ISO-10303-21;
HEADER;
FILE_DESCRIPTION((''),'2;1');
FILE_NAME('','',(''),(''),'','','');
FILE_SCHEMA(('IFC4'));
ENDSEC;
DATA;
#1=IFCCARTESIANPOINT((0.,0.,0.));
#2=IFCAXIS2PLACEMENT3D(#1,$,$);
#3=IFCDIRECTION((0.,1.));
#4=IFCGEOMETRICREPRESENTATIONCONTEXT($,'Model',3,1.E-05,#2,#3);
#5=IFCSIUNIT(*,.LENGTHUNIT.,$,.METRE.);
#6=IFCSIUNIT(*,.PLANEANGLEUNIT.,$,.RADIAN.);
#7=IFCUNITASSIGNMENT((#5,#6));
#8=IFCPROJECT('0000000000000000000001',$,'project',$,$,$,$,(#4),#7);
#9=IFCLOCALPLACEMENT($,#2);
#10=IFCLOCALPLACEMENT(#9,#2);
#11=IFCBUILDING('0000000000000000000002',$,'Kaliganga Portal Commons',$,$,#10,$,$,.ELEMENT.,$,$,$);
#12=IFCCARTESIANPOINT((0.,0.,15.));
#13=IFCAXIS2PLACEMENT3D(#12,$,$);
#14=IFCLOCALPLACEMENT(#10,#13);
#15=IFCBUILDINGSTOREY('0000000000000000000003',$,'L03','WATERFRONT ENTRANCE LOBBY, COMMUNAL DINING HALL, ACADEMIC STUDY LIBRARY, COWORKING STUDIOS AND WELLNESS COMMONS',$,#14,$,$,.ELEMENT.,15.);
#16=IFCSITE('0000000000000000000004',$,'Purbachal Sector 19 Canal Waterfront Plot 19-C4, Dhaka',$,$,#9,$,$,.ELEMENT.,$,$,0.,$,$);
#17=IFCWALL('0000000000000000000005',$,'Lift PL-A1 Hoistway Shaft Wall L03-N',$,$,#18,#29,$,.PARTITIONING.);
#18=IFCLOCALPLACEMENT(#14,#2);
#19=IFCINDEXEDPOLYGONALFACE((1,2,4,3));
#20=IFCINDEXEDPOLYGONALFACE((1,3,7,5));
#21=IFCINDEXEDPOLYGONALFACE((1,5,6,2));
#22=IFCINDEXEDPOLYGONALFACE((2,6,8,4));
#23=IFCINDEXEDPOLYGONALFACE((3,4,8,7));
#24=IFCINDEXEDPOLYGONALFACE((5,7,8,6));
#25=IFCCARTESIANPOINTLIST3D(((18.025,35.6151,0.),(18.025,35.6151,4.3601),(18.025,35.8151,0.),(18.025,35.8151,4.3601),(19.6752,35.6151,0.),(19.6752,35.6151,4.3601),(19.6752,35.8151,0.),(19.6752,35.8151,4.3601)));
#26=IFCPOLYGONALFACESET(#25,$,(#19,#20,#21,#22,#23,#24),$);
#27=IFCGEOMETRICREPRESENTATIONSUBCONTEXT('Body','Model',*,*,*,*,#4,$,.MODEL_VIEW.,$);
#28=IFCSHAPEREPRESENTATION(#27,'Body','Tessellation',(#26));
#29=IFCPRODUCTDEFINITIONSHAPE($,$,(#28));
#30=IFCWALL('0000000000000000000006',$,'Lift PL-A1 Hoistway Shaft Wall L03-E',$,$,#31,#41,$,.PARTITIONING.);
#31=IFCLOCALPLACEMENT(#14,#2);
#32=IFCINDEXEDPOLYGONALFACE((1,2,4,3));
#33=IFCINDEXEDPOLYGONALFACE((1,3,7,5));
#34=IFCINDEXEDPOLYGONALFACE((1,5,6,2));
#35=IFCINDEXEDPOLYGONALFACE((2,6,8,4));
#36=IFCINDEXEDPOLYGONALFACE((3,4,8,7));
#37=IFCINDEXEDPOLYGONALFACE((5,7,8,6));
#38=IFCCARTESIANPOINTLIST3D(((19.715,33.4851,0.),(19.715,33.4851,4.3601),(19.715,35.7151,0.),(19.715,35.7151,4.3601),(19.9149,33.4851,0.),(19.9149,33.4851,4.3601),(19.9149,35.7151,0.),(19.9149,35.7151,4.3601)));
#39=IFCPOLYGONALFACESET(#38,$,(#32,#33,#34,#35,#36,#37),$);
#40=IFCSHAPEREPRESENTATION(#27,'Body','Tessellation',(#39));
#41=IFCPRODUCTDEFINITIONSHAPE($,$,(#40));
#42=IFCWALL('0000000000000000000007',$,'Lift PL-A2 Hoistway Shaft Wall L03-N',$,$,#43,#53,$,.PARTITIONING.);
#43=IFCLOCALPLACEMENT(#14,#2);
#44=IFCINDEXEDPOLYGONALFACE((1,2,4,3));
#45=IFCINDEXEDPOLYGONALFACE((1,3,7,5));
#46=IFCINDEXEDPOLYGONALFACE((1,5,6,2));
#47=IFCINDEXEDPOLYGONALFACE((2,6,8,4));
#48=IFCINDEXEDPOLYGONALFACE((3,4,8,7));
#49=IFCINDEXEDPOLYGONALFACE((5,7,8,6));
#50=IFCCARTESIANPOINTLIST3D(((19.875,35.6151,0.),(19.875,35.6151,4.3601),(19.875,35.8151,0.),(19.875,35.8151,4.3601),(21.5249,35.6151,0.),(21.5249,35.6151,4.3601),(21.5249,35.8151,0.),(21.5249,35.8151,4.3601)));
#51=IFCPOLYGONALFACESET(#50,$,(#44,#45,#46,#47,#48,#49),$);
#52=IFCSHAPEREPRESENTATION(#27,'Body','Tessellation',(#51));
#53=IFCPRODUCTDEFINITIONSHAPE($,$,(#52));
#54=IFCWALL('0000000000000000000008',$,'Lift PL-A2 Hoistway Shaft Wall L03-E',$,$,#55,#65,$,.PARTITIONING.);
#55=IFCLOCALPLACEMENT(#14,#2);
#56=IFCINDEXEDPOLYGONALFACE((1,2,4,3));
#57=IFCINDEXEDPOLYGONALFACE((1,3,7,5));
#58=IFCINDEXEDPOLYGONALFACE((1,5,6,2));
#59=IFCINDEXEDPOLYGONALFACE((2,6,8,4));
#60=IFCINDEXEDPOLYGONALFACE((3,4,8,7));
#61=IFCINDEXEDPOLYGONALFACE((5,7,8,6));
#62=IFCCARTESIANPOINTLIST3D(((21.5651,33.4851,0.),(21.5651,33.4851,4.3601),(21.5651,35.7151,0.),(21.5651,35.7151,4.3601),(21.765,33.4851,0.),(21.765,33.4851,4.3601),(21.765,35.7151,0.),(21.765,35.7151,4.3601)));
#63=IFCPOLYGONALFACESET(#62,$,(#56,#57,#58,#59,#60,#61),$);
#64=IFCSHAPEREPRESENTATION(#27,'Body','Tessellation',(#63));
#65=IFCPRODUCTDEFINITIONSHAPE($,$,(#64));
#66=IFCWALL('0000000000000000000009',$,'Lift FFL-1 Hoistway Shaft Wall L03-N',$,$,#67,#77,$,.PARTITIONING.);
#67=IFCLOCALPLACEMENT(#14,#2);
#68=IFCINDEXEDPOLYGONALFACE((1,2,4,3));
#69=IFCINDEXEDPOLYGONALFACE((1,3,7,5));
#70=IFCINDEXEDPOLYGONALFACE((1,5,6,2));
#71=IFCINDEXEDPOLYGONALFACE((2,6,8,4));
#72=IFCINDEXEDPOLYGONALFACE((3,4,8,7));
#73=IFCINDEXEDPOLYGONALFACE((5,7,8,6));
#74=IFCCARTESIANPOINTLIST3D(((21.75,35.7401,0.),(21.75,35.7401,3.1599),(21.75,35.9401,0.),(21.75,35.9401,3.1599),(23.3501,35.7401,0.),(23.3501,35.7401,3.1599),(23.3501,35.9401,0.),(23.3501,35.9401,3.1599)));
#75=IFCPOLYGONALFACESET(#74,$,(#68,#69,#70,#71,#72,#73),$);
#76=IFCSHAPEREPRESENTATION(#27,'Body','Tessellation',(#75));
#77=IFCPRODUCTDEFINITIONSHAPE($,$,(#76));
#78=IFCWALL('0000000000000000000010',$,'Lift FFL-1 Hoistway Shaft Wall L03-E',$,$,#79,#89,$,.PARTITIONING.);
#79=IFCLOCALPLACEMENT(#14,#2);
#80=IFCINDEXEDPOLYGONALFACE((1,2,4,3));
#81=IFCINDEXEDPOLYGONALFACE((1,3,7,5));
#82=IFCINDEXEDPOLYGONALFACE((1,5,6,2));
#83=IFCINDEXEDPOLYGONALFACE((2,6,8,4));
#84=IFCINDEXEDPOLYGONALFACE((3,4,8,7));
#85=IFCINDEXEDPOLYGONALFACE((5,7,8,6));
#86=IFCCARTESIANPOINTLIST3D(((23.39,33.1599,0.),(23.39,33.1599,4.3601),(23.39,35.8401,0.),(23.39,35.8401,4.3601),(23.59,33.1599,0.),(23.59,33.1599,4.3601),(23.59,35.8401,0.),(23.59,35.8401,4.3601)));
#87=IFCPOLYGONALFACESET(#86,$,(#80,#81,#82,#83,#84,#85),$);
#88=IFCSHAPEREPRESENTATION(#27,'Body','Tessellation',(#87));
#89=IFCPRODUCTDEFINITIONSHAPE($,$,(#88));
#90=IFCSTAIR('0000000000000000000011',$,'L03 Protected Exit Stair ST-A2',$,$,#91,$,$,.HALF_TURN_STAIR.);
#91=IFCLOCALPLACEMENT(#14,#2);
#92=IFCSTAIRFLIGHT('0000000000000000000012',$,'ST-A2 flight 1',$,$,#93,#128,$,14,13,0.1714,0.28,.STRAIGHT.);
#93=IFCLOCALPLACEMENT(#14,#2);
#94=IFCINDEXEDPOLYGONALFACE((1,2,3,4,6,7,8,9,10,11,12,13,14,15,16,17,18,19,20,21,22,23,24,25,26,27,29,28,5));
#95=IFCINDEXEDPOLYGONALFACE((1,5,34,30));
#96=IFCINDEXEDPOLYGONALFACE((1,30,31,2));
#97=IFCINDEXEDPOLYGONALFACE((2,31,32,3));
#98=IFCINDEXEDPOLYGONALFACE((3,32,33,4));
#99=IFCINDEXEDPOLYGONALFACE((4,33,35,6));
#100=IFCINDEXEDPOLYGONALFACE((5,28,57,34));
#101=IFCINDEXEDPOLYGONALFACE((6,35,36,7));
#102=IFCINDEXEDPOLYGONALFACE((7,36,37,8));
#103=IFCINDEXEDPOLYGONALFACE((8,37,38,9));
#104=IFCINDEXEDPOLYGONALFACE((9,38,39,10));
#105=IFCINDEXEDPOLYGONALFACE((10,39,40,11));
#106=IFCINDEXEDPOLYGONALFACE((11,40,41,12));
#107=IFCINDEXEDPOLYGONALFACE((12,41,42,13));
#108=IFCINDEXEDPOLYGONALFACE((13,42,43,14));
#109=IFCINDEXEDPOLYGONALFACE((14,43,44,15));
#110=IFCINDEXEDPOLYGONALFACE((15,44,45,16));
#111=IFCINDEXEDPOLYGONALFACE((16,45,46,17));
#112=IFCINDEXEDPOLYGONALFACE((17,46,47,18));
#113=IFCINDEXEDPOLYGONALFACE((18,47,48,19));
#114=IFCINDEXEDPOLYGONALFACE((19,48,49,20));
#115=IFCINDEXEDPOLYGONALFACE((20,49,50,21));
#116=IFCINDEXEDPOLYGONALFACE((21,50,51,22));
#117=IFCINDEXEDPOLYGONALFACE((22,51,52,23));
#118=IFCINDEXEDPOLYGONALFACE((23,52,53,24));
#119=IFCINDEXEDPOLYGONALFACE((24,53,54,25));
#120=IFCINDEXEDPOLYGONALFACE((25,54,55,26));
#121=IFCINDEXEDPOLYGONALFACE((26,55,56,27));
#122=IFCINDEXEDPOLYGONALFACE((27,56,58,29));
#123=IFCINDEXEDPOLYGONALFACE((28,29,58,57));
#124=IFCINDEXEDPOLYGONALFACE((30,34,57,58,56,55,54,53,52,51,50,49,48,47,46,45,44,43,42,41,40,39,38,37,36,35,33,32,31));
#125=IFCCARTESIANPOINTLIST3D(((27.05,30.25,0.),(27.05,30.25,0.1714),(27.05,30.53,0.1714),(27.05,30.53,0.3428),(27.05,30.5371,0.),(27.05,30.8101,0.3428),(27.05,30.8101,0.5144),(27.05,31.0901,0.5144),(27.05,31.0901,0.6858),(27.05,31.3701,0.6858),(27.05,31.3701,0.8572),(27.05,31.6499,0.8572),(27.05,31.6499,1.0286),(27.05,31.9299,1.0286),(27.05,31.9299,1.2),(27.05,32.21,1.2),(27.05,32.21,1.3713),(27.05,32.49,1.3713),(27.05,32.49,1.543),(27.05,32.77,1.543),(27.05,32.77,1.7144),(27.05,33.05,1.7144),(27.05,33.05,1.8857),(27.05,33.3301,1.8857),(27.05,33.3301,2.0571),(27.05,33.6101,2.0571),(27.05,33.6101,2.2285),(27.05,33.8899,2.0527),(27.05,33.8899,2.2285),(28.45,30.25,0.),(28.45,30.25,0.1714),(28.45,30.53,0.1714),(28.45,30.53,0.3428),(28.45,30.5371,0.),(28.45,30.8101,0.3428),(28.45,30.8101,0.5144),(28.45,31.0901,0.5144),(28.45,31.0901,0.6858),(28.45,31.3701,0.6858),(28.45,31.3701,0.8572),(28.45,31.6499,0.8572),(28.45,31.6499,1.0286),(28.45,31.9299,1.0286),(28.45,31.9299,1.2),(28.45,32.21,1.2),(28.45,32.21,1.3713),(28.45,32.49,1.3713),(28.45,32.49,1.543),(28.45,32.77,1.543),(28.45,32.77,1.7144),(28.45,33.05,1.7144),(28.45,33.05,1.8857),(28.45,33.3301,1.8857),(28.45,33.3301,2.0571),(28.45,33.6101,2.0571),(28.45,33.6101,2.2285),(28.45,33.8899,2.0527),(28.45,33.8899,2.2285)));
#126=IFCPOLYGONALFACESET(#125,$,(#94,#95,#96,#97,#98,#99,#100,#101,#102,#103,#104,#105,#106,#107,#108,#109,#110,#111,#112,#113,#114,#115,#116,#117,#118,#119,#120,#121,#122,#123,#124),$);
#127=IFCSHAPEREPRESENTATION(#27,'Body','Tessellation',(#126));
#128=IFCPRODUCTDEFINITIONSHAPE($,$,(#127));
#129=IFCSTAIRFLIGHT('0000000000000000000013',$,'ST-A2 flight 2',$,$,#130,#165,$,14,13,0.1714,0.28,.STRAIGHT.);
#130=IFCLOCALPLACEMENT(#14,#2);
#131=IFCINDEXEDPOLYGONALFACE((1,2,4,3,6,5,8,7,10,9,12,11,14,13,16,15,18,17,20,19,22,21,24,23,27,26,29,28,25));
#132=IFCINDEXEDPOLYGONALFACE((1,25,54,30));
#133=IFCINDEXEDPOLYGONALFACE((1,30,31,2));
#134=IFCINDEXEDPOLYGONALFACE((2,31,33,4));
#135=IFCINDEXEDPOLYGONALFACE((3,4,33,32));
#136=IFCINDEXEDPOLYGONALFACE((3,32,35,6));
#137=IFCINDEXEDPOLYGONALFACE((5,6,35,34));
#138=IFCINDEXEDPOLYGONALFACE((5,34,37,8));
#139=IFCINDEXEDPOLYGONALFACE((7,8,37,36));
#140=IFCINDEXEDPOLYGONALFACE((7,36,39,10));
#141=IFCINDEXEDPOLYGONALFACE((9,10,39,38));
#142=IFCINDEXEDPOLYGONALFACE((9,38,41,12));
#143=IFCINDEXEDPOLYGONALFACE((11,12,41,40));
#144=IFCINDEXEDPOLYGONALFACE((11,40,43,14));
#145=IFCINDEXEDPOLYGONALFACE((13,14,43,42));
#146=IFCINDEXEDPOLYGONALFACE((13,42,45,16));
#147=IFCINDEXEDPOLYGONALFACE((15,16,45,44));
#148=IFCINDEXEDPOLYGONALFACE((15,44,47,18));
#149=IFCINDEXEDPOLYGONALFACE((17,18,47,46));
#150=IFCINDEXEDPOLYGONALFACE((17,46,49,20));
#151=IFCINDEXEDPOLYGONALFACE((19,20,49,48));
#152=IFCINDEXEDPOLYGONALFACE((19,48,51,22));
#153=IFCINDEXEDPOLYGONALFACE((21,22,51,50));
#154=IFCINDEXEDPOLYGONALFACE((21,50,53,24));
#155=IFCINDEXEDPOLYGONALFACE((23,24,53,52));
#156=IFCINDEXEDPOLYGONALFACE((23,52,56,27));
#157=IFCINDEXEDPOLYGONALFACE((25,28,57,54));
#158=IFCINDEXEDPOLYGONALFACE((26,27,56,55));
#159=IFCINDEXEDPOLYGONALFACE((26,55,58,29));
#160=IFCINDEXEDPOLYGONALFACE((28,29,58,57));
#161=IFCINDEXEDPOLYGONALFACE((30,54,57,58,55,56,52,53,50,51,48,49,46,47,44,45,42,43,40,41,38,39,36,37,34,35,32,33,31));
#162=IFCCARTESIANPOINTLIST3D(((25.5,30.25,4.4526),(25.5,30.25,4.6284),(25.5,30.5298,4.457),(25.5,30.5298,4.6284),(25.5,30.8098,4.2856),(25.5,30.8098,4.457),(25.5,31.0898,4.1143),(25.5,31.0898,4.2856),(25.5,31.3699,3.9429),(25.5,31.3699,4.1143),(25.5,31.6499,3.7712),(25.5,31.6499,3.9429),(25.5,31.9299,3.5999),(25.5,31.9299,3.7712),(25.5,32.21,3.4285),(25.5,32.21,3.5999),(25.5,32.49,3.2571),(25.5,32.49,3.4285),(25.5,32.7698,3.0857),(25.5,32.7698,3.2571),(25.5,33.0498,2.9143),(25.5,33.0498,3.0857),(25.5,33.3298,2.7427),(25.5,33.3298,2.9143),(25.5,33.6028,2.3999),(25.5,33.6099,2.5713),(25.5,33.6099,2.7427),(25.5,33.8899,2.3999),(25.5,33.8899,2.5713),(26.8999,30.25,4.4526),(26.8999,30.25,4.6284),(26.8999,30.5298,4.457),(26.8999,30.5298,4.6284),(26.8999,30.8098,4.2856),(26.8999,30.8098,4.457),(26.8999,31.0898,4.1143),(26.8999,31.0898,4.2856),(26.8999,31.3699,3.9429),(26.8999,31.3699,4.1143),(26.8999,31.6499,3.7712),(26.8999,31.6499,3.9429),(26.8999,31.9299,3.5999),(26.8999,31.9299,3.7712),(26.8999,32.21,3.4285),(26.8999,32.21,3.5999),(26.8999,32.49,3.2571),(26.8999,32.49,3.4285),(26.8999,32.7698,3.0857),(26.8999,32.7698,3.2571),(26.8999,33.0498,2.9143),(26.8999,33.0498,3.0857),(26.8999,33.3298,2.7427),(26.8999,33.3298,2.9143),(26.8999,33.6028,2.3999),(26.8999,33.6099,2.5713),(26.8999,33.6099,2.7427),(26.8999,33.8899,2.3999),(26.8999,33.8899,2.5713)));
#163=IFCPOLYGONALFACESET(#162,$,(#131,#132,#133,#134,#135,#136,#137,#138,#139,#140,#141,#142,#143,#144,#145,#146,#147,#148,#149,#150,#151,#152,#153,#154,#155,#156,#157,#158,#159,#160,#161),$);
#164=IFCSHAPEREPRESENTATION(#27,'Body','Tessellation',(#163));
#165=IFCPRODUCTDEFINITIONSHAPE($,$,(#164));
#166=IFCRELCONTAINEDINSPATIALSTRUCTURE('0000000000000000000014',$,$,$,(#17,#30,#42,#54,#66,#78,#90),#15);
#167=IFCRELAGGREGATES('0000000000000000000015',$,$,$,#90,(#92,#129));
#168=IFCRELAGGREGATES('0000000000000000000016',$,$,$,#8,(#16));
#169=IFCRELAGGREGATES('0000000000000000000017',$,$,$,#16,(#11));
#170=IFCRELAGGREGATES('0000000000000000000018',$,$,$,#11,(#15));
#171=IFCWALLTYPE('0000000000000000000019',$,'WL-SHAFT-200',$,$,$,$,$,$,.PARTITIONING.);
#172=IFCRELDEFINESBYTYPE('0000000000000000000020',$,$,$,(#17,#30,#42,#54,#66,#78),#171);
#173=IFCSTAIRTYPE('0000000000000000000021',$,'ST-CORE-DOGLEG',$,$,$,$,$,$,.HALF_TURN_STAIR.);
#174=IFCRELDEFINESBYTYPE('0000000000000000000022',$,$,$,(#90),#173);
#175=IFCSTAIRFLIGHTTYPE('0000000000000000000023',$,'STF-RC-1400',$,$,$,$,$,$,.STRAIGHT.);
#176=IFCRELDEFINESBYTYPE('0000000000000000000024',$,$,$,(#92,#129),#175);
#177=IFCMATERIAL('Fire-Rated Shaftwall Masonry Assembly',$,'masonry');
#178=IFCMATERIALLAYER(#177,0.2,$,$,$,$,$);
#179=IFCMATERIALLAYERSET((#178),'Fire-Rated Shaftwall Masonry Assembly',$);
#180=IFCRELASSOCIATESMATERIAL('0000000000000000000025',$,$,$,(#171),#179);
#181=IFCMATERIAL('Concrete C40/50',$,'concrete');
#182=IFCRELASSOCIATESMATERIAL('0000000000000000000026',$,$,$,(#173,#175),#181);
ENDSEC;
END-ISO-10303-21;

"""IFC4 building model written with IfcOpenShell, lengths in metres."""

from ifc_helpers import new_model, si_unit, direction, frame, frame_2d, origin, place, context, subcontext, project, spatial, polyline, rectangle, outline, extrude, material, layer, layer_set, type_object, element, aggregate, save


model = new_model("IFC4")

# Units and contexts
model_context = context("Model", 3, precision=1e-05, world=origin(), true_north=direction((0.0, 1.0)))
body_context = subcontext(model_context, "Body", "Model", "MODEL_VIEW")
ifc_project = project(units=[si_unit("LENGTHUNIT", "METRE"), si_unit("PLANEANGLEUNIT", "RADIAN")], contexts=[model_context])

# Site, building, storey
site_placement = place(None, origin())
site = spatial("IfcSite", under=ifc_project, at=site_placement, Name="Purbachal Sector 19 Canal Waterfront Plot 19-C4, Dhaka", CompositionType="ELEMENT", RefElevation=0.0)
building_placement = place(site_placement, origin())
building = spatial("IfcBuilding", under=site, at=building_placement, Name="Kaliganga Portal Commons", CompositionType="ELEMENT")
storey_placement = place(building_placement, frame((0.0, 0.0, 15.0)))
storey = spatial("IfcBuildingStorey", under=building, at=storey_placement, Name="L03", Description="WATERFRONT ENTRANCE LOBBY, COMMUNAL DINING HALL, ACADEMIC STUDY LIBRARY, COWORKING STUDIOS AND WELLNESS COMMONS", CompositionType="ELEMENT", Elevation=15.0)

# Shared definitions
ifc_material_1 = material(Name="Fire-Rated Shaftwall Masonry Assembly", Category="masonry")
ifc_layer = layer(ifc_material_1, 0.2)
ifc_layer_set = layer_set([ifc_layer], Name="Fire-Rated Shaftwall Masonry Assembly")
wall_type = type_object("IfcWallType", Name="WL-SHAFT-200", PredefinedType="PARTITIONING", material=ifc_layer_set)

# Walls
wall_1_placement = place(storey_placement, frame((18.0249, 35.7151, 0.0), z_axis=(0.0, 0.0, 1.0), x_axis=(1.0, 0.0, 0.0)))
element("IfcWall", 1, at=wall_1_placement, inside=storey, type_object=wall_type, Name="Lift PL-A1 Hoistway Shaft Wall L03-N", PredefinedType="PARTITIONING", context=body_context, shape_type="SweptSolid", body=[
    extrude(rectangle(XDim=1.6501, YDim=0.2, at=frame_2d((0.8252, 0.0))), origin(), (0.0, 0.0, 1.0), 4.3601),
])
wall_2_placement = place(storey_placement, frame((19.8149, 33.4851, 0.0), z_axis=(0.0, 0.0, 1.0), x_axis=(0.0, 1.0, 0.0)))
element("IfcWall", 2, at=wall_2_placement, inside=storey, type_object=wall_type, Name="Lift PL-A1 Hoistway Shaft Wall L03-E", PredefinedType="PARTITIONING", context=body_context, shape_type="SweptSolid", body=[
    extrude(rectangle(XDim=2.23, YDim=0.2, at=frame_2d((1.115, 0.0))), origin(), (0.0, 0.0, 1.0), 4.3601),
])

# Walls
wall_3_placement = place(storey_placement, frame((19.875, 35.7151, 0.0), z_axis=(0.0, 0.0, 1.0), x_axis=(1.0, 0.0, 0.0)))
element("IfcWall", 3, at=wall_3_placement, inside=storey, type_object=wall_type, Name="Lift PL-A2 Hoistway Shaft Wall L03-N", PredefinedType="PARTITIONING", context=body_context, shape_type="SweptSolid", body=[
    extrude(rectangle(XDim=1.6499, YDim=0.2, at=frame_2d((0.825, 0.0))), origin(), (0.0, 0.0, 1.0), 4.3601),
])
wall_4_placement = place(storey_placement, frame((21.665, 33.4851, 0.0), z_axis=(0.0, 0.0, 1.0), x_axis=(0.0, 1.0, 0.0)))
element("IfcWall", 4, at=wall_4_placement, inside=storey, type_object=wall_type, Name="Lift PL-A2 Hoistway Shaft Wall L03-E", PredefinedType="PARTITIONING", context=body_context, shape_type="SweptSolid", body=[
    extrude(rectangle(XDim=2.23, YDim=0.2, at=frame_2d((1.115, 0.0))), origin(), (0.0, 0.0, 1.0), 4.3601),
])

# Walls
wall_5_placement = place(storey_placement, frame((21.75, 35.8401, 0.0), z_axis=(0.0, 0.0, 1.0), x_axis=(1.0, 0.0, 0.0)))
element("IfcWall", 5, at=wall_5_placement, inside=storey, type_object=wall_type, Name="Lift FFL-1 Hoistway Shaft Wall L03-N", PredefinedType="PARTITIONING", context=body_context, shape_type="SweptSolid", body=[
    extrude(rectangle(XDim=1.6001, YDim=0.2, at=frame_2d((0.8, 0.0))), origin(), (0.0, 0.0, 1.0), 3.1599),
])
wall_6_placement = place(storey_placement, frame((23.49, 33.1599, 0.0), z_axis=(0.0, 0.0, 1.0), x_axis=(0.0, 1.0, 0.0)))
element("IfcWall", 6, at=wall_6_placement, inside=storey, type_object=wall_type, Name="Lift FFL-1 Hoistway Shaft Wall L03-E", PredefinedType="PARTITIONING", context=body_context, shape_type="SweptSolid", body=[
    extrude(rectangle(XDim=2.6802, YDim=0.2, at=frame_2d((1.3401, 0.0))), origin(), (0.0, 0.0, 1.0), 4.3601),
])

# Stair, stair flights
ifc_material_2 = material(Name="Concrete C40/50", Category="concrete")
stair_type = type_object("IfcStairType", Name="ST-CORE-DOGLEG", PredefinedType="HALF_TURN_STAIR", material=ifc_material_2)
stair_placement = place(storey_placement, origin())
stair = element("IfcStair", 7, at=stair_placement, inside=storey, type_object=stair_type, Name="L03 Protected Exit Stair ST-A2", PredefinedType="HALF_TURN_STAIR")
stair_flight_type = type_object("IfcStairFlightType", Name="STF-RC-1400", PredefinedType="STRAIGHT", material=ifc_material_2)
stair_flight_1_placement = place(storey_placement, frame((27.75, 30.25, 0.0), z_axis=(0.0, 0.0, 1.0), x_axis=(0.0, 1.0, 0.0)))
stair_flight_1 = element("IfcStairFlight", 8, at=stair_flight_1_placement, type_object=stair_flight_type, Name="ST-A2 flight 1", NumberOfRisers=14, NumberOfTreads=13, PredefinedType="STRAIGHT", RiserHeight=0.1714, TreadLength=0.28, context=body_context, shape_type="SweptSolid", body=[
    extrude(outline(polyline([(0.0, 0.0), (0.0, 0.1714), (0.28, 0.1714), (0.28, 0.3428), (0.5601, 0.3428), (0.5601, 0.5144), (0.8401, 0.5144), (0.8401, 0.6858), (1.1201, 0.6858), (1.1201, 0.8572), (1.3999, 0.8572), (1.3999, 1.0286), (1.6799, 1.0286), (1.6799, 1.2), (1.96, 1.2), (1.96, 1.3713), (2.24, 1.3713), (2.24, 1.543), (2.52, 1.543), (2.52, 1.7144), (2.8, 1.7144), (2.8, 1.8857), (3.0801, 1.8857), (3.0801, 2.0571), (3.3601, 2.0571), (3.3601, 2.2285), (3.6399, 2.2285), (3.6399, 2.3999), (3.6399, 2.0527), (0.2871, 0.0), (0.0, 0.0)])), frame((0.0, 0.7, 0.0), z_axis=(0.0, -1.0, 0.0), x_axis=(1.0, 0.0, 0.0)), (0.0, 0.0, 1.0), 1.3999),
])
stair_flight_2_placement = place(storey_placement, frame((26.2, 33.8899, 2.3999), z_axis=(0.0, 0.0, 1.0), x_axis=(0.0, -1.0, 0.0)))
stair_flight_2 = element("IfcStairFlight", 9, at=stair_flight_2_placement, type_object=stair_flight_type, Name="ST-A2 flight 2", NumberOfRisers=14, NumberOfTreads=13, PredefinedType="STRAIGHT", RiserHeight=0.1714, TreadLength=0.28, context=body_context, shape_type="SweptSolid", body=[
    extrude(outline(polyline([(0.0, 0.0), (0.0, 0.1714), (0.28, 0.1714), (0.28, 0.3428), (0.5601, 0.3428), (0.5601, 0.5144), (0.8401, 0.5144), (0.8401, 0.6858), (1.1201, 0.6858), (1.1201, 0.8572), (1.3999, 0.8572), (1.3999, 1.0286), (1.6799, 1.0286), (1.6799, 1.2), (1.96, 1.2), (1.96, 1.3713), (2.24, 1.3713), (2.24, 1.543), (2.52, 1.543), (2.52, 1.7144), (2.8, 1.7144), (2.8, 1.8857), (3.0801, 1.8857), (3.0801, 2.0571), (3.3601, 2.0571), (3.3601, 2.2285), (3.6399, 2.2285), (3.6399, 2.3999), (3.6399, 2.0527), (0.2871, 0.0), (0.0, 0.0)])), frame((0.0, 0.7, 0.0), z_axis=(0.0, -1.0, 0.0), x_axis=(1.0, 0.0, 0.0)), (0.0, 0.0, 1.0), 1.3999),
])
aggregate(stair, [stair_flight_1, stair_flight_2])

save(model, "model.ifc")
